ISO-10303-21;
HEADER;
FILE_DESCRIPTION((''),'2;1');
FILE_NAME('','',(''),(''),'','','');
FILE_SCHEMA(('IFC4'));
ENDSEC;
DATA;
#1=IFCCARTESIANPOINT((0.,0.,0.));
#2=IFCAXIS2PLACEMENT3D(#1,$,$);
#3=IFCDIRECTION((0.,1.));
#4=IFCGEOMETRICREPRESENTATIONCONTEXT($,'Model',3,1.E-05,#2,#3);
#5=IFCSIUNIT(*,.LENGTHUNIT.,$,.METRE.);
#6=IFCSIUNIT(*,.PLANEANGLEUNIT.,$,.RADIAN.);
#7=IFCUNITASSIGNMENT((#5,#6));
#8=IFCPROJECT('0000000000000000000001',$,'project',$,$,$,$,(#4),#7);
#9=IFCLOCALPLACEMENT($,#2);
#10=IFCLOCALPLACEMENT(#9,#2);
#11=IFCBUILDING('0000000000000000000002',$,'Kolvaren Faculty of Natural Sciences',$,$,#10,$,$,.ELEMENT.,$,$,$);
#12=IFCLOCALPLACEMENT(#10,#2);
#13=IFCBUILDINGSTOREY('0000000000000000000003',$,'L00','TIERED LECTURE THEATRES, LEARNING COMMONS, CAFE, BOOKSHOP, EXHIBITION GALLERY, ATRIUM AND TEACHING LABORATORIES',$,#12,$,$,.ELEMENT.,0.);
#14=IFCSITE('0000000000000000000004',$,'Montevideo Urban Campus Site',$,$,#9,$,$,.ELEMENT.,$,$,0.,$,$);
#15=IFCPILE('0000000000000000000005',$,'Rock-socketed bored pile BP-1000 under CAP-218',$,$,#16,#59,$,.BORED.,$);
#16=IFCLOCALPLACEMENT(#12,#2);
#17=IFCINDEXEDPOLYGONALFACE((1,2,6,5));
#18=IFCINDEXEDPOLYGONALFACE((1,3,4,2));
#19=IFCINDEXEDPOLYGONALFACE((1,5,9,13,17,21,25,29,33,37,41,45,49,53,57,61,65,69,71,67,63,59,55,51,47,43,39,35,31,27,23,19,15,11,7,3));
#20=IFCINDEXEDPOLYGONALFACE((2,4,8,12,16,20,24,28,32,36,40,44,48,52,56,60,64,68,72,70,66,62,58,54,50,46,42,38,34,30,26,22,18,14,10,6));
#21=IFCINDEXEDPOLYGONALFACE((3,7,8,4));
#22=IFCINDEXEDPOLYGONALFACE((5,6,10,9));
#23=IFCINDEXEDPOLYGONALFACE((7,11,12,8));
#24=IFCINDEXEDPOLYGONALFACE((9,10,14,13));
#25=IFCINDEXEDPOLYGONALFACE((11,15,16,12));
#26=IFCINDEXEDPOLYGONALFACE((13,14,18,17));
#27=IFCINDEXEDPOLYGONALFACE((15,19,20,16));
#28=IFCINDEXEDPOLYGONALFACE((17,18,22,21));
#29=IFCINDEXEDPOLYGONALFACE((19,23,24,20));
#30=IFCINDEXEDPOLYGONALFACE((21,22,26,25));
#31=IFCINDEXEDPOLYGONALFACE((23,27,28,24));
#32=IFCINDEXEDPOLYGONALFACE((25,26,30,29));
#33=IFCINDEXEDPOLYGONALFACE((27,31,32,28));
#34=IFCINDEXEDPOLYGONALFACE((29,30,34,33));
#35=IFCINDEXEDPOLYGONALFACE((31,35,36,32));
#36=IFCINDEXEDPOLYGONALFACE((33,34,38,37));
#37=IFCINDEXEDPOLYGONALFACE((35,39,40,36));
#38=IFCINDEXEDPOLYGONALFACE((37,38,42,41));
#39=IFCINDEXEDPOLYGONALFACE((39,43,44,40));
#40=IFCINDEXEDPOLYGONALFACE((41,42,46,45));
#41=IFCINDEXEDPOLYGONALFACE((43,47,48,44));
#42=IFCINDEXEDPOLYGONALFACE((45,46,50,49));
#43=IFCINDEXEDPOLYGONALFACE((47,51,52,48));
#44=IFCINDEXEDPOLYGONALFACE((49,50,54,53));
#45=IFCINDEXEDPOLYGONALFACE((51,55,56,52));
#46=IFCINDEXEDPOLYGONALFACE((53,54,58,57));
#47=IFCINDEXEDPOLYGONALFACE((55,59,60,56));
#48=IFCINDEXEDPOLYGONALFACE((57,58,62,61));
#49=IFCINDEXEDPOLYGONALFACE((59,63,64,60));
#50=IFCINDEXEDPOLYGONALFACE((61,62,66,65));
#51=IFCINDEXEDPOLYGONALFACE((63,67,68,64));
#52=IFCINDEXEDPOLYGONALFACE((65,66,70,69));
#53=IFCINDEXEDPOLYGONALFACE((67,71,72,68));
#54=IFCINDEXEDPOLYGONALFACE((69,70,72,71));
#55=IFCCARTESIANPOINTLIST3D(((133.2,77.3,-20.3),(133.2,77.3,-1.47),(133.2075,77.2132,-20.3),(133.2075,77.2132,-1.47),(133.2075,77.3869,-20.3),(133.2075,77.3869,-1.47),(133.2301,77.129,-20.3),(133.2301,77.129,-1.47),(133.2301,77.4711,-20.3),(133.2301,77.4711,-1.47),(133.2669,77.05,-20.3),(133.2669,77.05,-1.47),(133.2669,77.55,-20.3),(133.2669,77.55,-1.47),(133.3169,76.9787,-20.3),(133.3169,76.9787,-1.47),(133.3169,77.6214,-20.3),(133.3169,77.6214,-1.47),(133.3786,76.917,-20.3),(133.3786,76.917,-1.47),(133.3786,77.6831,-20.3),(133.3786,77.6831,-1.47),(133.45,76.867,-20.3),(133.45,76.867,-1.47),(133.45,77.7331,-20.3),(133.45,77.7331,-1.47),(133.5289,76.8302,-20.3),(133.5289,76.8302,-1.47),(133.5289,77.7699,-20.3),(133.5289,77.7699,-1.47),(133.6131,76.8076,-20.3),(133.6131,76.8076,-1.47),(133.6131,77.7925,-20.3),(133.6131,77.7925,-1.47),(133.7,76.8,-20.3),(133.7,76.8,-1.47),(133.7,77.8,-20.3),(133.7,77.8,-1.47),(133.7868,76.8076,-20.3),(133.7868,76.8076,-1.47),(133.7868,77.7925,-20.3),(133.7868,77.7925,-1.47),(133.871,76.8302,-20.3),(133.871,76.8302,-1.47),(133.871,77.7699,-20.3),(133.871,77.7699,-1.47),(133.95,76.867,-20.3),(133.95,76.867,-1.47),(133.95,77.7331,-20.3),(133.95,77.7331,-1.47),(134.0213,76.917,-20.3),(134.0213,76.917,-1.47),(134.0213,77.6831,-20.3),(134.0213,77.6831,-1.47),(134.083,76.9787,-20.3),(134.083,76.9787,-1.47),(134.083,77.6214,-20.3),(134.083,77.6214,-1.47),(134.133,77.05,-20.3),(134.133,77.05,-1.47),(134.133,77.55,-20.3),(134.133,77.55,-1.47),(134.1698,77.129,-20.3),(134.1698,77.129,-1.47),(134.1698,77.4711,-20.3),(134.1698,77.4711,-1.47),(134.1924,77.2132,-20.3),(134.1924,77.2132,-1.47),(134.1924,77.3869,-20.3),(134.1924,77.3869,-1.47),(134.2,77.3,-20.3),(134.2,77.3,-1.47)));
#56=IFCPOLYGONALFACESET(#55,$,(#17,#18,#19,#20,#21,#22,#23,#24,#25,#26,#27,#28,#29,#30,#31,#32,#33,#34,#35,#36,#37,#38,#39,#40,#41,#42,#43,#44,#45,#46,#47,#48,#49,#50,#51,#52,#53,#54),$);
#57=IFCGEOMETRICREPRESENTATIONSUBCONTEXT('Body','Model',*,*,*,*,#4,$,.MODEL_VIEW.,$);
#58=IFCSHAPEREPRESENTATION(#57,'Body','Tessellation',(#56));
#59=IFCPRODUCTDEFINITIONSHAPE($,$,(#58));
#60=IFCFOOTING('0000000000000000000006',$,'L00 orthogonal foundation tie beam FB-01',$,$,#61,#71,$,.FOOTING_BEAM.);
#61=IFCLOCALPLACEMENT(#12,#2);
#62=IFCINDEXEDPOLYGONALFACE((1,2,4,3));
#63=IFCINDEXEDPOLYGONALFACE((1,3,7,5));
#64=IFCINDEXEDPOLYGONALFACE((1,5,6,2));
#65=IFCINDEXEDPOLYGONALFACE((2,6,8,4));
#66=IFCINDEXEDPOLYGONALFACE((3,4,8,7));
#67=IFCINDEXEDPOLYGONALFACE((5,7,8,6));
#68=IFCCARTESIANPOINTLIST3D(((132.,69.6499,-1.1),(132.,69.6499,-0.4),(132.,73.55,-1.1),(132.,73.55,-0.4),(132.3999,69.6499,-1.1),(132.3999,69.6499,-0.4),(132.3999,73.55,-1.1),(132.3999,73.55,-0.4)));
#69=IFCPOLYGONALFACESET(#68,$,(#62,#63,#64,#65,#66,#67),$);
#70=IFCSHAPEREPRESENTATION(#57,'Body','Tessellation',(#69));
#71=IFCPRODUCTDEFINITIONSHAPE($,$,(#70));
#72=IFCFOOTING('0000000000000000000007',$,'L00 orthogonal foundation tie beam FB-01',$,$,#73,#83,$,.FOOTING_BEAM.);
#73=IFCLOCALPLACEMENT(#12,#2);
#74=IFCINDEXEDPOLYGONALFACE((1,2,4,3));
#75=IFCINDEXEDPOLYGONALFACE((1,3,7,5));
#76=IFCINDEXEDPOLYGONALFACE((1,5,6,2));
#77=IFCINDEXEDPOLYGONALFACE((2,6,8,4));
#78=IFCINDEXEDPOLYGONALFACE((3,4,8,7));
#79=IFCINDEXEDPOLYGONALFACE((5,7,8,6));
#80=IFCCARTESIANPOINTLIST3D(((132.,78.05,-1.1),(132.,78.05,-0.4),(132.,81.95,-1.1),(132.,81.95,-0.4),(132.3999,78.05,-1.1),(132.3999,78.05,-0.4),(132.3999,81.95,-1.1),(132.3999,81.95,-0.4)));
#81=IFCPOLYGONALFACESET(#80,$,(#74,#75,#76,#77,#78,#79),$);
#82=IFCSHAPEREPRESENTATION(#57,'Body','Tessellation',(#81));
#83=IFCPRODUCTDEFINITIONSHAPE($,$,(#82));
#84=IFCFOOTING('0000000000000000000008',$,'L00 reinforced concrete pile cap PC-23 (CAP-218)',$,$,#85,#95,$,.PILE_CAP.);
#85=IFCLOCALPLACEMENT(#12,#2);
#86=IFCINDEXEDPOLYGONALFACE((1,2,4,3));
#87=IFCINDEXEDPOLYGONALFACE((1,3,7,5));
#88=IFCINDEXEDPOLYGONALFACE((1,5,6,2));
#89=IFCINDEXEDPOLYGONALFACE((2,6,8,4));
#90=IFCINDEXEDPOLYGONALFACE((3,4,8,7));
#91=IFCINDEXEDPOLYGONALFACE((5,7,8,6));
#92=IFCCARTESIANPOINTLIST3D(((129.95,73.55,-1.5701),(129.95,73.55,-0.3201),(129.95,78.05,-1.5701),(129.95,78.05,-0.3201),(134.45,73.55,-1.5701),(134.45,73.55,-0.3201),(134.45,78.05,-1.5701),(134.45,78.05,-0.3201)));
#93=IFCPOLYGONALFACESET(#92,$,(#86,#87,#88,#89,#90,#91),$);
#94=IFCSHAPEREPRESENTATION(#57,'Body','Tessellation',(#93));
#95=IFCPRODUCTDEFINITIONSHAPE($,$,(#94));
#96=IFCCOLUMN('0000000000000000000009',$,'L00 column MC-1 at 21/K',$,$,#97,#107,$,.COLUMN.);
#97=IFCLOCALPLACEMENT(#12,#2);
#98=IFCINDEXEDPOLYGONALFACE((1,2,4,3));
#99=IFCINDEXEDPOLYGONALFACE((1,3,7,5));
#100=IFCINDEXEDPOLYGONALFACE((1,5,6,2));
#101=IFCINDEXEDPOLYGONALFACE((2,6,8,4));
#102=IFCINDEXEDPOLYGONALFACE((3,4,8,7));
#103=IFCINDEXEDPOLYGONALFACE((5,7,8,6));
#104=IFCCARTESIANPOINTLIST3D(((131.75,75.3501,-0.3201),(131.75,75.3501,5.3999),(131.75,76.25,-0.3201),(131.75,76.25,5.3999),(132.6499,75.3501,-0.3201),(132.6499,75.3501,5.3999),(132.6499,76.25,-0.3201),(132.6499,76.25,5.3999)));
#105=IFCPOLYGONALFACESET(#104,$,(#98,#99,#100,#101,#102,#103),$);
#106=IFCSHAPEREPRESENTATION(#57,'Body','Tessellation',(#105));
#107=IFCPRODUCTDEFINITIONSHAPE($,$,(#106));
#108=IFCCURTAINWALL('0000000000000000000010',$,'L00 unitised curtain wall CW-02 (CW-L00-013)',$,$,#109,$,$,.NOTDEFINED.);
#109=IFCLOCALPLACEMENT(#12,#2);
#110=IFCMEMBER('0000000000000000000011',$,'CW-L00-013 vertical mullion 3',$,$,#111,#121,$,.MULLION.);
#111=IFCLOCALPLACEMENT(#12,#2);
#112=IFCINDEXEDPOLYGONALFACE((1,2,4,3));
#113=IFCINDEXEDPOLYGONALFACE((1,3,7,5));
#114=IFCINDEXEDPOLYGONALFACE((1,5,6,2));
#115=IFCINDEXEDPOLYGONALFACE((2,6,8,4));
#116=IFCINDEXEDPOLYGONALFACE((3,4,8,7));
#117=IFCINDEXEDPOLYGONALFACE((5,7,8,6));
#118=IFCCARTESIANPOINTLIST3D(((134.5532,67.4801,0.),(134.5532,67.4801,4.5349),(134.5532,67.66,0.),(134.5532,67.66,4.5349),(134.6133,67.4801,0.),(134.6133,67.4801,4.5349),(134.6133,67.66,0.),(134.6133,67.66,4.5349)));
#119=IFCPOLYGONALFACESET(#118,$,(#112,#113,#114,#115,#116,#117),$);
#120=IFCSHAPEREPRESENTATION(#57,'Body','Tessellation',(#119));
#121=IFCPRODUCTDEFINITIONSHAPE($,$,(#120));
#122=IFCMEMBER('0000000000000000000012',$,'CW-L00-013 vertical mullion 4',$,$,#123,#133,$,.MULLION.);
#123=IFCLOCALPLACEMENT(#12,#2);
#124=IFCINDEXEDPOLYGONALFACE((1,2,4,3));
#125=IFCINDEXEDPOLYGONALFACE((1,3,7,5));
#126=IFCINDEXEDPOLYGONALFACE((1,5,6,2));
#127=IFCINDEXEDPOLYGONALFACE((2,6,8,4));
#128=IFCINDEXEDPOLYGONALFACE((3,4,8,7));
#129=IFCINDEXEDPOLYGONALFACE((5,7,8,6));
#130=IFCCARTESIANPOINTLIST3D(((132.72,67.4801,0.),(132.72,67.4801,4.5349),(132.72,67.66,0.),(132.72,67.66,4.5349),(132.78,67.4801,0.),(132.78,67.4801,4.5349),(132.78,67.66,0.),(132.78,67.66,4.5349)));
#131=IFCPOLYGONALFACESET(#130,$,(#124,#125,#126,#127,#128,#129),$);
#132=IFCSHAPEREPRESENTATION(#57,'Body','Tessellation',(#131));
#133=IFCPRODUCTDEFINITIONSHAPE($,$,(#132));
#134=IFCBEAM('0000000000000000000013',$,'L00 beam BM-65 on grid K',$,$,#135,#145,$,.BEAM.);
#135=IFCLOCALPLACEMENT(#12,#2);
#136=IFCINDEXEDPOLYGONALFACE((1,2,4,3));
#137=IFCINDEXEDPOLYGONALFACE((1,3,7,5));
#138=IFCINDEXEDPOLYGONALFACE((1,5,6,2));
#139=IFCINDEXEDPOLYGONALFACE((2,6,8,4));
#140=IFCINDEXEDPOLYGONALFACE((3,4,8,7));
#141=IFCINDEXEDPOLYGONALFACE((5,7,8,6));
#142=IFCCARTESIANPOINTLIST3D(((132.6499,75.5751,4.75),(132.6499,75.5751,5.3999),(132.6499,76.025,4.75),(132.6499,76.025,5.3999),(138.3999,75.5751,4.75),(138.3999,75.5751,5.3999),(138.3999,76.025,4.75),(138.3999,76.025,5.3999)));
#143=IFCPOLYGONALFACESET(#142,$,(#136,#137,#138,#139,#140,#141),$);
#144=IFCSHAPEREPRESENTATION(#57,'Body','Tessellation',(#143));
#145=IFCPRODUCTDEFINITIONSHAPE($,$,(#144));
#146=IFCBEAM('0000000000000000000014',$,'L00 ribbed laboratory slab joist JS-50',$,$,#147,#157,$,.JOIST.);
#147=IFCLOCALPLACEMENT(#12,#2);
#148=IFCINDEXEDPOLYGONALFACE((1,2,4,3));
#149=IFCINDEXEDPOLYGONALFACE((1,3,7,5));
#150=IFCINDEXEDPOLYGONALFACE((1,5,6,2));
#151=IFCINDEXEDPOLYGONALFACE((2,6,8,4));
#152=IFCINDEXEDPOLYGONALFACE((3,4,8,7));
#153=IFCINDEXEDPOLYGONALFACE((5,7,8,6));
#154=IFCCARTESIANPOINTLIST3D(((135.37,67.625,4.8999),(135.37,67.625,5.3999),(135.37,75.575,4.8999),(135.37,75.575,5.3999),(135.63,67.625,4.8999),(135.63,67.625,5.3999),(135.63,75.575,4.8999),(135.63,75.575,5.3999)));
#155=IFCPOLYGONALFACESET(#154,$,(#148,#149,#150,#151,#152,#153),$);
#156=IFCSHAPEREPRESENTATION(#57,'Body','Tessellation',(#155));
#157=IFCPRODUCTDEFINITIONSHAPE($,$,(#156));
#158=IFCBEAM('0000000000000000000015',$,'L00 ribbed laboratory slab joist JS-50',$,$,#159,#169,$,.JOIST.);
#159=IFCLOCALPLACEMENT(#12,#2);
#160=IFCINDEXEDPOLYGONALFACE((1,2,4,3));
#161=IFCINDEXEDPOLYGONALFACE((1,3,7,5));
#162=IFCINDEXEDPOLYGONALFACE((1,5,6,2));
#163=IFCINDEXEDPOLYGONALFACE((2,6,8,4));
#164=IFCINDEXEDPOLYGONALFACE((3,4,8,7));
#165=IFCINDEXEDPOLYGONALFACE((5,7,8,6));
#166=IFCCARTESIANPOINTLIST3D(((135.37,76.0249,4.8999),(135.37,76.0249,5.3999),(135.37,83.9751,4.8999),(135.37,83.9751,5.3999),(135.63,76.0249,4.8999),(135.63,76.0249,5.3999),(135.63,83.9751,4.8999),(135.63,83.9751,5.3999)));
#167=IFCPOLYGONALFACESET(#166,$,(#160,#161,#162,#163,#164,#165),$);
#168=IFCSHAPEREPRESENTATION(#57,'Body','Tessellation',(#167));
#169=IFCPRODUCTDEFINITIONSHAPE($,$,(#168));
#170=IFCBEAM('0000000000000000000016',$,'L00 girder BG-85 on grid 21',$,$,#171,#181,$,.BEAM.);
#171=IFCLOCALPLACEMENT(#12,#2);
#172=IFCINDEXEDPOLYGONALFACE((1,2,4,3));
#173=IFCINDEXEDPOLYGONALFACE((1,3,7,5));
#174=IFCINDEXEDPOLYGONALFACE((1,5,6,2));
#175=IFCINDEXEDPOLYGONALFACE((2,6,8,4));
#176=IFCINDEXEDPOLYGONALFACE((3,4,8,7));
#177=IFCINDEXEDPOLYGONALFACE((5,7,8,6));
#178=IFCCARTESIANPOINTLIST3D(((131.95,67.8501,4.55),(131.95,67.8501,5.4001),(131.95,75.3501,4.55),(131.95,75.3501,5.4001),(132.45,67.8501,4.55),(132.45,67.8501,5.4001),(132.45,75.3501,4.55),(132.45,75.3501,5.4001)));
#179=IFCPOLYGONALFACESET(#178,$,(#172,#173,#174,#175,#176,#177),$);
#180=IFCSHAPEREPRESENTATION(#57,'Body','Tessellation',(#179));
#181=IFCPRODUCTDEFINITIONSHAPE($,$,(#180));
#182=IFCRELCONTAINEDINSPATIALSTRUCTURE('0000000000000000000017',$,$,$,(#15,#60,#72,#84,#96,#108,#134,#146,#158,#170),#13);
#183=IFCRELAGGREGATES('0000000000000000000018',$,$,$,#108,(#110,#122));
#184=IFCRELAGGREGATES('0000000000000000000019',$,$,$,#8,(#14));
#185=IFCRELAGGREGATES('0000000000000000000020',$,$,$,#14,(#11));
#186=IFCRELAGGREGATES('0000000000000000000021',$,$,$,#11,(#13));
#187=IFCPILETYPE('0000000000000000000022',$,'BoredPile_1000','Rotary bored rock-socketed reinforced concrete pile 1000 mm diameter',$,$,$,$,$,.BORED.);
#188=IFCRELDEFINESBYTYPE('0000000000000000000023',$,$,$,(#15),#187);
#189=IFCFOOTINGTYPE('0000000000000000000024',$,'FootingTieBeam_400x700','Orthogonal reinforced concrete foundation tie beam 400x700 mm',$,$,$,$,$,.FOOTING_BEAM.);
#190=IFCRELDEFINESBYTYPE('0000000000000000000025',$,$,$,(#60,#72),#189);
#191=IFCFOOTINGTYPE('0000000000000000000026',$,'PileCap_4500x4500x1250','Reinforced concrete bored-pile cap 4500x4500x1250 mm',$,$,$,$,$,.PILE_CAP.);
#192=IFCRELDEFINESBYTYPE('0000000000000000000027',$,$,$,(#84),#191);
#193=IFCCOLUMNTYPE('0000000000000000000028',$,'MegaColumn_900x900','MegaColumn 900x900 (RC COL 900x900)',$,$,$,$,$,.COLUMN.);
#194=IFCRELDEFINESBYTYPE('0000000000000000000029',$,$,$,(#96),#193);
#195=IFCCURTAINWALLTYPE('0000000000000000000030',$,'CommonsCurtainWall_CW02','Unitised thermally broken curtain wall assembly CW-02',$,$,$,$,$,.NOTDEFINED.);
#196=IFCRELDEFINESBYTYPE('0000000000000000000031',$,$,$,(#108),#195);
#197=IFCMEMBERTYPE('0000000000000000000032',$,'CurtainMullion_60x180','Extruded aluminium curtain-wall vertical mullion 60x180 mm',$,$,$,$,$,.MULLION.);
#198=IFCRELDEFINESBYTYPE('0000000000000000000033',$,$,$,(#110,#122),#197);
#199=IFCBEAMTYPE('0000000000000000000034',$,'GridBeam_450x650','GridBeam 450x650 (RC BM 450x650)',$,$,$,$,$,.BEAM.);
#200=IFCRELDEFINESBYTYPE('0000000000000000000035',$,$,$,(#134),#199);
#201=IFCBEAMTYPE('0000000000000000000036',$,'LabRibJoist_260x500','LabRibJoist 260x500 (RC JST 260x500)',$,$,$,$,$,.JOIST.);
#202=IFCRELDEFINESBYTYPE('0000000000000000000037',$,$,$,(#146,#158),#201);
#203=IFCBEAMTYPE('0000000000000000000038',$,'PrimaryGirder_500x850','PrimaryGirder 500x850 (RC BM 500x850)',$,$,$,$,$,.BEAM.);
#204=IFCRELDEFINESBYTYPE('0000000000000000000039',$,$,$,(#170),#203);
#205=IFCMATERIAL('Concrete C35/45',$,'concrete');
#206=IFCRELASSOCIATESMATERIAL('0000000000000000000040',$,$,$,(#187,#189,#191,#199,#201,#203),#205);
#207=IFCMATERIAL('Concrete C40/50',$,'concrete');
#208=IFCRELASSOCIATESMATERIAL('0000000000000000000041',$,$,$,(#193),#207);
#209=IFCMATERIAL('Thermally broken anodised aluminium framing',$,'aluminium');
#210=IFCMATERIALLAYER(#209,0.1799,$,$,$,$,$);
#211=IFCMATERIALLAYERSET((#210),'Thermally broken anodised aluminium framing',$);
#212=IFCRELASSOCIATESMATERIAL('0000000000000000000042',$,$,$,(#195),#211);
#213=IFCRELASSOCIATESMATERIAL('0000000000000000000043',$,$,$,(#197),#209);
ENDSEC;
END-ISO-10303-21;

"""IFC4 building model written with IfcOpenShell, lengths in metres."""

from ifc_helpers import new_model, si_unit, direction, frame, origin, origin_2d, place, context, subcontext, project, spatial, rectangle, circle, extrude, material, layer, layer_set, material_profile, profile_set, type_object, element, aggregate, save


model = new_model("IFC4")

# Units and contexts
model_context = context("Model", 3, precision=1e-05, world=origin(), true_north=direction((0.0, 1.0)))
body_context = subcontext(model_context, "Body", "Model", "MODEL_VIEW")
ifc_project = project(units=[si_unit("LENGTHUNIT", "METRE"), si_unit("PLANEANGLEUNIT", "RADIAN")], contexts=[model_context])

# Site, building, storey
site_placement = place(None, origin())
site = spatial("IfcSite", under=ifc_project, at=site_placement, Name="Montevideo Urban Campus Site", CompositionType="ELEMENT", RefElevation=0.0)
building_placement = place(site_placement, origin())
building = spatial("IfcBuilding", under=site, at=building_placement, Name="Kolvaren Faculty of Natural Sciences", CompositionType="ELEMENT")
storey_placement = place(building_placement, origin())
storey = spatial("IfcBuildingStorey", under=building, at=storey_placement, Name="L00", Description="TIERED LECTURE THEATRES, LEARNING COMMONS, CAFE, BOOKSHOP, EXHIBITION GALLERY, ATRIUM AND TEACHING LABORATORIES", CompositionType="ELEMENT", Elevation=0.0)

# Pile
ifc_material_1 = material(Name="Concrete C35/45", Category="concrete")
ifc_material_profile_1 = material_profile(ifc_material_1, circle(Radius=0.5, at=origin_2d()), Name="PILE D1000")
ifc_profile_set_1 = profile_set([ifc_material_profile_1], Name="Concrete C35/45")
pile_type = type_object("IfcPileType", Name="BoredPile_1000", Description="Rotary bored rock-socketed reinforced concrete pile 1000 mm diameter", PredefinedType="BORED", material=ifc_profile_set_1)
for number, where, z_axis, x_axis, name in (
    (1, (133.7, 77.3, -1.47), (0.0, 0.0, -1.0), (1.0, 0.0, 0.0), "Rock-socketed bored pile BP-1000 under CAP-218"),
):
    element("IfcPile", number, at=place(storey_placement, frame(where, z_axis=z_axis, x_axis=x_axis)), inside=storey, type_object=pile_type, Name=name, PredefinedType="BORED", context=body_context, shape_type="SweptSolid", body=[
        extrude(circle(Radius=0.5, at=origin_2d()), origin(), (0.0, 0.0, 1.0), 18.8301),
    ])

# Footings
ifc_material_profile_2 = material_profile(ifc_material_1, rectangle(XDim=0.3999, YDim=0.7, at=origin_2d()), Name="RC FB 400x700")
ifc_profile_set_2 = profile_set([ifc_material_profile_2], Name="Concrete C35/45")
footing_type_1 = type_object("IfcFootingType", Name="FootingTieBeam_400x700", Description="Orthogonal reinforced concrete foundation tie beam 400x700 mm", PredefinedType="FOOTING_BEAM", material=ifc_profile_set_2)
footing_1_placement = place(storey_placement, frame((132.2, 69.6499, -0.75), z_axis=(0.0, 1.0, 0.0), x_axis=(-1.0, 0.0, 0.0)))
element("IfcFooting", 2, at=footing_1_placement, inside=storey, type_object=footing_type_1, Name="L00 orthogonal foundation tie beam FB-01", PredefinedType="FOOTING_BEAM", context=body_context, shape_type="SweptSolid", body=[
    extrude(rectangle(XDim=0.3999, YDim=0.7, at=origin_2d()), origin(), (0.0, 0.0, 1.0), 3.9001),
])
footing_2_placement = place(storey_placement, frame((132.2, 78.05, -0.75), z_axis=(0.0, 1.0, 0.0), x_axis=(-1.0, 0.0, 0.0)))
element("IfcFooting", 3, at=footing_2_placement, inside=storey, type_object=footing_type_1, Name="L00 orthogonal foundation tie beam FB-01", PredefinedType="FOOTING_BEAM", context=body_context, shape_type="SweptSolid", body=[
    extrude(rectangle(XDim=0.3999, YDim=0.7, at=origin_2d()), origin(), (0.0, 0.0, 1.0), 3.8999),
])
footing_type_2 = type_object("IfcFootingType", Name="PileCap_4500x4500x1250", Description="Reinforced concrete bored-pile cap 4500x4500x1250 mm", PredefinedType="PILE_CAP", material=ifc_material_1)
footing_3_placement = place(storey_placement, frame((132.2, 75.8, -1.5701), z_axis=(0.0, 0.0, 1.0), x_axis=(1.0, 0.0, 0.0)))
element("IfcFooting", 4, at=footing_3_placement, inside=storey, type_object=footing_type_2, Name="L00 reinforced concrete pile cap PC-23 (CAP-218)", PredefinedType="PILE_CAP", context=body_context, shape_type="SweptSolid", body=[
    extrude(rectangle(XDim=4.5, YDim=4.5, at=origin_2d()), origin(), (0.0, 0.0, 1.0), 1.25),
])

# Column
ifc_material_2 = material(Name="Concrete C40/50", Category="concrete")
ifc_material_profile_3 = material_profile(ifc_material_2, rectangle(XDim=0.8999, YDim=0.8999, at=origin_2d()), Name="RC COL 900x900")
ifc_profile_set_3 = profile_set([ifc_material_profile_3], Name="Concrete C40/50")
column_type = type_object("IfcColumnType", Name="MegaColumn_900x900", Description="MegaColumn 900x900 (RC COL 900x900)", PredefinedType="COLUMN", material=ifc_profile_set_3)
column_placement = place(storey_placement, frame((132.2, 75.8, -0.3201), z_axis=(0.0, 0.0, 1.0), x_axis=(1.0, 0.0, 0.0)))
element("IfcColumn", 5, at=column_placement, inside=storey, type_object=column_type, Name="L00 column MC-1 at 21/K", PredefinedType="COLUMN", context=body_context, shape_type="SweptSolid", body=[
    extrude(rectangle(XDim=0.8999, YDim=0.8999, at=origin_2d()), origin(), (0.0, 0.0, 1.0), 5.72),
])

# Curtain wall, members
ifc_material_3 = material(Name="Thermally broken anodised aluminium framing", Category="aluminium")
ifc_layer_1 = layer(ifc_material_3, 0.1799)
ifc_layer_set_1 = layer_set([ifc_layer_1], Name="Thermally broken anodised aluminium framing")
curtain_wall_type = type_object("IfcCurtainWallType", Name="CommonsCurtainWall_CW02", Description="Unitised thermally broken curtain wall assembly CW-02", PredefinedType="NOTDEFINED", material=ifc_layer_set_1)
curtain_wall_placement = place(storey_placement, origin())
curtain_wall = element("IfcCurtainWall", 6, at=curtain_wall_placement, inside=storey, type_object=curtain_wall_type, Name="L00 unitised curtain wall CW-02 (CW-L00-013)", PredefinedType="NOTDEFINED")
ifc_material_profile_4 = material_profile(ifc_material_3, rectangle(XDim=0.0601, YDim=0.1799, at=origin_2d()), Name="ALU MUL 60x180")
ifc_profile_set_4 = profile_set([ifc_material_profile_4], Name="Thermally broken anodised aluminium framing")
member_type = type_object("IfcMemberType", Name="CurtainMullion_60x180", Description="Extruded aluminium curtain-wall vertical mullion 60x180 mm", PredefinedType="MULLION", material=ifc_profile_set_4)
member_1_placement = place(storey_placement, frame((134.5833, 67.5701, 0.0), z_axis=(0.0, 0.0, 1.0), x_axis=(-1.0, 0.0, 0.0)))
member_1 = element("IfcMember", 7, at=member_1_placement, type_object=member_type, Name="CW-L00-013 vertical mullion 3", PredefinedType="MULLION", context=body_context, shape_type="SweptSolid", body=[
    extrude(rectangle(XDim=0.0601, YDim=0.1799, at=origin_2d()), origin(), (0.0, 0.0, 1.0), 4.5349),
])
member_2_placement = place(storey_placement, frame((132.75, 67.5701, 0.0), z_axis=(0.0, 0.0, 1.0), x_axis=(-1.0, 0.0, 0.0)))
member_2 = element("IfcMember", 8, at=member_2_placement, type_object=member_type, Name="CW-L00-013 vertical mullion 4", PredefinedType="MULLION", context=body_context, shape_type="SweptSolid", body=[
    extrude(rectangle(XDim=0.0601, YDim=0.1799, at=origin_2d()), origin(), (0.0, 0.0, 1.0), 4.5349),
])

# Beams
ifc_material_profile_5 = material_profile(ifc_material_1, rectangle(XDim=0.45, YDim=0.6499, at=origin_2d()), Name="RC BM 450x650")
ifc_profile_set_5 = profile_set([ifc_material_profile_5], Name="Concrete C35/45")
beam_type_1 = type_object("IfcBeamType", Name="GridBeam_450x650", Description="GridBeam 450x650 (RC BM 450x650)", PredefinedType="BEAM", material=ifc_profile_set_5)
beam_1_placement = place(storey_placement, frame((132.6499, 75.8, 5.075), z_axis=(1.0, 0.0, 0.0), x_axis=(0.0, 1.0, 0.0)))
element("IfcBeam", 9, at=beam_1_placement, inside=storey, type_object=beam_type_1, Name="L00 beam BM-65 on grid K", PredefinedType="BEAM", context=body_context, shape_type="SweptSolid", body=[
    extrude(rectangle(XDim=0.45, YDim=0.6499, at=origin_2d()), origin(), (0.0, 0.0, 1.0), 5.75),
])
ifc_material_profile_6 = material_profile(ifc_material_1, rectangle(XDim=0.26, YDim=0.5, at=origin_2d()), Name="RC JST 260x500")
ifc_profile_set_6 = profile_set([ifc_material_profile_6], Name="Concrete C35/45")
beam_type_2 = type_object("IfcBeamType", Name="LabRibJoist_260x500", Description="LabRibJoist 260x500 (RC JST 260x500)", PredefinedType="JOIST", material=ifc_profile_set_6)
beam_2_placement = place(storey_placement, frame((135.5, 67.625, 5.1499), z_axis=(0.0, 1.0, 0.0), x_axis=(-1.0, 0.0, 0.0)))
element("IfcBeam", 10, at=beam_2_placement, inside=storey, type_object=beam_type_2, Name="L00 ribbed laboratory slab joist JS-50", PredefinedType="JOIST", context=body_context, shape_type="SweptSolid", body=[
    extrude(rectangle(XDim=0.26, YDim=0.5, at=origin_2d()), origin(), (0.0, 0.0, 1.0), 7.95),
])
beam_3_placement = place(storey_placement, frame((135.5, 76.0249, 5.1499), z_axis=(0.0, 1.0, 0.0), x_axis=(-1.0, 0.0, 0.0)))
element("IfcBeam", 11, at=beam_3_placement, inside=storey, type_object=beam_type_2, Name="L00 ribbed laboratory slab joist JS-50", PredefinedType="JOIST", context=body_context, shape_type="SweptSolid", body=[
    extrude(rectangle(XDim=0.26, YDim=0.5, at=origin_2d()), origin(), (0.0, 0.0, 1.0), 7.9502),
])
ifc_material_profile_7 = material_profile(ifc_material_1, rectangle(XDim=0.5, YDim=0.8501, at=origin_2d()), Name="RC BM 500x850")
ifc_profile_set_7 = profile_set([ifc_material_profile_7], Name="Concrete C35/45")
beam_type_3 = type_object("IfcBeamType", Name="PrimaryGirder_500x850", Description="PrimaryGirder 500x850 (RC BM 500x850)", PredefinedType="BEAM", material=ifc_profile_set_7)
for number, where, z_axis, x_axis, name in (
    (12, (132.2, 67.8501, 4.9751), (0.0, 1.0, 0.0), (-1.0, 0.0, 0.0), "L00 girder BG-85 on grid 21"),
):
    element("IfcBeam", number, at=place(storey_placement, frame(where, z_axis=z_axis, x_axis=x_axis)), inside=storey, type_object=beam_type_3, Name=name, PredefinedType="BEAM", context=body_context, shape_type="SweptSolid", body=[
        extrude(rectangle(XDim=0.5, YDim=0.8501, at=origin_2d()), origin(), (0.0, 0.0, 1.0), 7.5),
    ])

aggregate(curtain_wall, [member_1, member_2])

save(model, "model.ifc")
